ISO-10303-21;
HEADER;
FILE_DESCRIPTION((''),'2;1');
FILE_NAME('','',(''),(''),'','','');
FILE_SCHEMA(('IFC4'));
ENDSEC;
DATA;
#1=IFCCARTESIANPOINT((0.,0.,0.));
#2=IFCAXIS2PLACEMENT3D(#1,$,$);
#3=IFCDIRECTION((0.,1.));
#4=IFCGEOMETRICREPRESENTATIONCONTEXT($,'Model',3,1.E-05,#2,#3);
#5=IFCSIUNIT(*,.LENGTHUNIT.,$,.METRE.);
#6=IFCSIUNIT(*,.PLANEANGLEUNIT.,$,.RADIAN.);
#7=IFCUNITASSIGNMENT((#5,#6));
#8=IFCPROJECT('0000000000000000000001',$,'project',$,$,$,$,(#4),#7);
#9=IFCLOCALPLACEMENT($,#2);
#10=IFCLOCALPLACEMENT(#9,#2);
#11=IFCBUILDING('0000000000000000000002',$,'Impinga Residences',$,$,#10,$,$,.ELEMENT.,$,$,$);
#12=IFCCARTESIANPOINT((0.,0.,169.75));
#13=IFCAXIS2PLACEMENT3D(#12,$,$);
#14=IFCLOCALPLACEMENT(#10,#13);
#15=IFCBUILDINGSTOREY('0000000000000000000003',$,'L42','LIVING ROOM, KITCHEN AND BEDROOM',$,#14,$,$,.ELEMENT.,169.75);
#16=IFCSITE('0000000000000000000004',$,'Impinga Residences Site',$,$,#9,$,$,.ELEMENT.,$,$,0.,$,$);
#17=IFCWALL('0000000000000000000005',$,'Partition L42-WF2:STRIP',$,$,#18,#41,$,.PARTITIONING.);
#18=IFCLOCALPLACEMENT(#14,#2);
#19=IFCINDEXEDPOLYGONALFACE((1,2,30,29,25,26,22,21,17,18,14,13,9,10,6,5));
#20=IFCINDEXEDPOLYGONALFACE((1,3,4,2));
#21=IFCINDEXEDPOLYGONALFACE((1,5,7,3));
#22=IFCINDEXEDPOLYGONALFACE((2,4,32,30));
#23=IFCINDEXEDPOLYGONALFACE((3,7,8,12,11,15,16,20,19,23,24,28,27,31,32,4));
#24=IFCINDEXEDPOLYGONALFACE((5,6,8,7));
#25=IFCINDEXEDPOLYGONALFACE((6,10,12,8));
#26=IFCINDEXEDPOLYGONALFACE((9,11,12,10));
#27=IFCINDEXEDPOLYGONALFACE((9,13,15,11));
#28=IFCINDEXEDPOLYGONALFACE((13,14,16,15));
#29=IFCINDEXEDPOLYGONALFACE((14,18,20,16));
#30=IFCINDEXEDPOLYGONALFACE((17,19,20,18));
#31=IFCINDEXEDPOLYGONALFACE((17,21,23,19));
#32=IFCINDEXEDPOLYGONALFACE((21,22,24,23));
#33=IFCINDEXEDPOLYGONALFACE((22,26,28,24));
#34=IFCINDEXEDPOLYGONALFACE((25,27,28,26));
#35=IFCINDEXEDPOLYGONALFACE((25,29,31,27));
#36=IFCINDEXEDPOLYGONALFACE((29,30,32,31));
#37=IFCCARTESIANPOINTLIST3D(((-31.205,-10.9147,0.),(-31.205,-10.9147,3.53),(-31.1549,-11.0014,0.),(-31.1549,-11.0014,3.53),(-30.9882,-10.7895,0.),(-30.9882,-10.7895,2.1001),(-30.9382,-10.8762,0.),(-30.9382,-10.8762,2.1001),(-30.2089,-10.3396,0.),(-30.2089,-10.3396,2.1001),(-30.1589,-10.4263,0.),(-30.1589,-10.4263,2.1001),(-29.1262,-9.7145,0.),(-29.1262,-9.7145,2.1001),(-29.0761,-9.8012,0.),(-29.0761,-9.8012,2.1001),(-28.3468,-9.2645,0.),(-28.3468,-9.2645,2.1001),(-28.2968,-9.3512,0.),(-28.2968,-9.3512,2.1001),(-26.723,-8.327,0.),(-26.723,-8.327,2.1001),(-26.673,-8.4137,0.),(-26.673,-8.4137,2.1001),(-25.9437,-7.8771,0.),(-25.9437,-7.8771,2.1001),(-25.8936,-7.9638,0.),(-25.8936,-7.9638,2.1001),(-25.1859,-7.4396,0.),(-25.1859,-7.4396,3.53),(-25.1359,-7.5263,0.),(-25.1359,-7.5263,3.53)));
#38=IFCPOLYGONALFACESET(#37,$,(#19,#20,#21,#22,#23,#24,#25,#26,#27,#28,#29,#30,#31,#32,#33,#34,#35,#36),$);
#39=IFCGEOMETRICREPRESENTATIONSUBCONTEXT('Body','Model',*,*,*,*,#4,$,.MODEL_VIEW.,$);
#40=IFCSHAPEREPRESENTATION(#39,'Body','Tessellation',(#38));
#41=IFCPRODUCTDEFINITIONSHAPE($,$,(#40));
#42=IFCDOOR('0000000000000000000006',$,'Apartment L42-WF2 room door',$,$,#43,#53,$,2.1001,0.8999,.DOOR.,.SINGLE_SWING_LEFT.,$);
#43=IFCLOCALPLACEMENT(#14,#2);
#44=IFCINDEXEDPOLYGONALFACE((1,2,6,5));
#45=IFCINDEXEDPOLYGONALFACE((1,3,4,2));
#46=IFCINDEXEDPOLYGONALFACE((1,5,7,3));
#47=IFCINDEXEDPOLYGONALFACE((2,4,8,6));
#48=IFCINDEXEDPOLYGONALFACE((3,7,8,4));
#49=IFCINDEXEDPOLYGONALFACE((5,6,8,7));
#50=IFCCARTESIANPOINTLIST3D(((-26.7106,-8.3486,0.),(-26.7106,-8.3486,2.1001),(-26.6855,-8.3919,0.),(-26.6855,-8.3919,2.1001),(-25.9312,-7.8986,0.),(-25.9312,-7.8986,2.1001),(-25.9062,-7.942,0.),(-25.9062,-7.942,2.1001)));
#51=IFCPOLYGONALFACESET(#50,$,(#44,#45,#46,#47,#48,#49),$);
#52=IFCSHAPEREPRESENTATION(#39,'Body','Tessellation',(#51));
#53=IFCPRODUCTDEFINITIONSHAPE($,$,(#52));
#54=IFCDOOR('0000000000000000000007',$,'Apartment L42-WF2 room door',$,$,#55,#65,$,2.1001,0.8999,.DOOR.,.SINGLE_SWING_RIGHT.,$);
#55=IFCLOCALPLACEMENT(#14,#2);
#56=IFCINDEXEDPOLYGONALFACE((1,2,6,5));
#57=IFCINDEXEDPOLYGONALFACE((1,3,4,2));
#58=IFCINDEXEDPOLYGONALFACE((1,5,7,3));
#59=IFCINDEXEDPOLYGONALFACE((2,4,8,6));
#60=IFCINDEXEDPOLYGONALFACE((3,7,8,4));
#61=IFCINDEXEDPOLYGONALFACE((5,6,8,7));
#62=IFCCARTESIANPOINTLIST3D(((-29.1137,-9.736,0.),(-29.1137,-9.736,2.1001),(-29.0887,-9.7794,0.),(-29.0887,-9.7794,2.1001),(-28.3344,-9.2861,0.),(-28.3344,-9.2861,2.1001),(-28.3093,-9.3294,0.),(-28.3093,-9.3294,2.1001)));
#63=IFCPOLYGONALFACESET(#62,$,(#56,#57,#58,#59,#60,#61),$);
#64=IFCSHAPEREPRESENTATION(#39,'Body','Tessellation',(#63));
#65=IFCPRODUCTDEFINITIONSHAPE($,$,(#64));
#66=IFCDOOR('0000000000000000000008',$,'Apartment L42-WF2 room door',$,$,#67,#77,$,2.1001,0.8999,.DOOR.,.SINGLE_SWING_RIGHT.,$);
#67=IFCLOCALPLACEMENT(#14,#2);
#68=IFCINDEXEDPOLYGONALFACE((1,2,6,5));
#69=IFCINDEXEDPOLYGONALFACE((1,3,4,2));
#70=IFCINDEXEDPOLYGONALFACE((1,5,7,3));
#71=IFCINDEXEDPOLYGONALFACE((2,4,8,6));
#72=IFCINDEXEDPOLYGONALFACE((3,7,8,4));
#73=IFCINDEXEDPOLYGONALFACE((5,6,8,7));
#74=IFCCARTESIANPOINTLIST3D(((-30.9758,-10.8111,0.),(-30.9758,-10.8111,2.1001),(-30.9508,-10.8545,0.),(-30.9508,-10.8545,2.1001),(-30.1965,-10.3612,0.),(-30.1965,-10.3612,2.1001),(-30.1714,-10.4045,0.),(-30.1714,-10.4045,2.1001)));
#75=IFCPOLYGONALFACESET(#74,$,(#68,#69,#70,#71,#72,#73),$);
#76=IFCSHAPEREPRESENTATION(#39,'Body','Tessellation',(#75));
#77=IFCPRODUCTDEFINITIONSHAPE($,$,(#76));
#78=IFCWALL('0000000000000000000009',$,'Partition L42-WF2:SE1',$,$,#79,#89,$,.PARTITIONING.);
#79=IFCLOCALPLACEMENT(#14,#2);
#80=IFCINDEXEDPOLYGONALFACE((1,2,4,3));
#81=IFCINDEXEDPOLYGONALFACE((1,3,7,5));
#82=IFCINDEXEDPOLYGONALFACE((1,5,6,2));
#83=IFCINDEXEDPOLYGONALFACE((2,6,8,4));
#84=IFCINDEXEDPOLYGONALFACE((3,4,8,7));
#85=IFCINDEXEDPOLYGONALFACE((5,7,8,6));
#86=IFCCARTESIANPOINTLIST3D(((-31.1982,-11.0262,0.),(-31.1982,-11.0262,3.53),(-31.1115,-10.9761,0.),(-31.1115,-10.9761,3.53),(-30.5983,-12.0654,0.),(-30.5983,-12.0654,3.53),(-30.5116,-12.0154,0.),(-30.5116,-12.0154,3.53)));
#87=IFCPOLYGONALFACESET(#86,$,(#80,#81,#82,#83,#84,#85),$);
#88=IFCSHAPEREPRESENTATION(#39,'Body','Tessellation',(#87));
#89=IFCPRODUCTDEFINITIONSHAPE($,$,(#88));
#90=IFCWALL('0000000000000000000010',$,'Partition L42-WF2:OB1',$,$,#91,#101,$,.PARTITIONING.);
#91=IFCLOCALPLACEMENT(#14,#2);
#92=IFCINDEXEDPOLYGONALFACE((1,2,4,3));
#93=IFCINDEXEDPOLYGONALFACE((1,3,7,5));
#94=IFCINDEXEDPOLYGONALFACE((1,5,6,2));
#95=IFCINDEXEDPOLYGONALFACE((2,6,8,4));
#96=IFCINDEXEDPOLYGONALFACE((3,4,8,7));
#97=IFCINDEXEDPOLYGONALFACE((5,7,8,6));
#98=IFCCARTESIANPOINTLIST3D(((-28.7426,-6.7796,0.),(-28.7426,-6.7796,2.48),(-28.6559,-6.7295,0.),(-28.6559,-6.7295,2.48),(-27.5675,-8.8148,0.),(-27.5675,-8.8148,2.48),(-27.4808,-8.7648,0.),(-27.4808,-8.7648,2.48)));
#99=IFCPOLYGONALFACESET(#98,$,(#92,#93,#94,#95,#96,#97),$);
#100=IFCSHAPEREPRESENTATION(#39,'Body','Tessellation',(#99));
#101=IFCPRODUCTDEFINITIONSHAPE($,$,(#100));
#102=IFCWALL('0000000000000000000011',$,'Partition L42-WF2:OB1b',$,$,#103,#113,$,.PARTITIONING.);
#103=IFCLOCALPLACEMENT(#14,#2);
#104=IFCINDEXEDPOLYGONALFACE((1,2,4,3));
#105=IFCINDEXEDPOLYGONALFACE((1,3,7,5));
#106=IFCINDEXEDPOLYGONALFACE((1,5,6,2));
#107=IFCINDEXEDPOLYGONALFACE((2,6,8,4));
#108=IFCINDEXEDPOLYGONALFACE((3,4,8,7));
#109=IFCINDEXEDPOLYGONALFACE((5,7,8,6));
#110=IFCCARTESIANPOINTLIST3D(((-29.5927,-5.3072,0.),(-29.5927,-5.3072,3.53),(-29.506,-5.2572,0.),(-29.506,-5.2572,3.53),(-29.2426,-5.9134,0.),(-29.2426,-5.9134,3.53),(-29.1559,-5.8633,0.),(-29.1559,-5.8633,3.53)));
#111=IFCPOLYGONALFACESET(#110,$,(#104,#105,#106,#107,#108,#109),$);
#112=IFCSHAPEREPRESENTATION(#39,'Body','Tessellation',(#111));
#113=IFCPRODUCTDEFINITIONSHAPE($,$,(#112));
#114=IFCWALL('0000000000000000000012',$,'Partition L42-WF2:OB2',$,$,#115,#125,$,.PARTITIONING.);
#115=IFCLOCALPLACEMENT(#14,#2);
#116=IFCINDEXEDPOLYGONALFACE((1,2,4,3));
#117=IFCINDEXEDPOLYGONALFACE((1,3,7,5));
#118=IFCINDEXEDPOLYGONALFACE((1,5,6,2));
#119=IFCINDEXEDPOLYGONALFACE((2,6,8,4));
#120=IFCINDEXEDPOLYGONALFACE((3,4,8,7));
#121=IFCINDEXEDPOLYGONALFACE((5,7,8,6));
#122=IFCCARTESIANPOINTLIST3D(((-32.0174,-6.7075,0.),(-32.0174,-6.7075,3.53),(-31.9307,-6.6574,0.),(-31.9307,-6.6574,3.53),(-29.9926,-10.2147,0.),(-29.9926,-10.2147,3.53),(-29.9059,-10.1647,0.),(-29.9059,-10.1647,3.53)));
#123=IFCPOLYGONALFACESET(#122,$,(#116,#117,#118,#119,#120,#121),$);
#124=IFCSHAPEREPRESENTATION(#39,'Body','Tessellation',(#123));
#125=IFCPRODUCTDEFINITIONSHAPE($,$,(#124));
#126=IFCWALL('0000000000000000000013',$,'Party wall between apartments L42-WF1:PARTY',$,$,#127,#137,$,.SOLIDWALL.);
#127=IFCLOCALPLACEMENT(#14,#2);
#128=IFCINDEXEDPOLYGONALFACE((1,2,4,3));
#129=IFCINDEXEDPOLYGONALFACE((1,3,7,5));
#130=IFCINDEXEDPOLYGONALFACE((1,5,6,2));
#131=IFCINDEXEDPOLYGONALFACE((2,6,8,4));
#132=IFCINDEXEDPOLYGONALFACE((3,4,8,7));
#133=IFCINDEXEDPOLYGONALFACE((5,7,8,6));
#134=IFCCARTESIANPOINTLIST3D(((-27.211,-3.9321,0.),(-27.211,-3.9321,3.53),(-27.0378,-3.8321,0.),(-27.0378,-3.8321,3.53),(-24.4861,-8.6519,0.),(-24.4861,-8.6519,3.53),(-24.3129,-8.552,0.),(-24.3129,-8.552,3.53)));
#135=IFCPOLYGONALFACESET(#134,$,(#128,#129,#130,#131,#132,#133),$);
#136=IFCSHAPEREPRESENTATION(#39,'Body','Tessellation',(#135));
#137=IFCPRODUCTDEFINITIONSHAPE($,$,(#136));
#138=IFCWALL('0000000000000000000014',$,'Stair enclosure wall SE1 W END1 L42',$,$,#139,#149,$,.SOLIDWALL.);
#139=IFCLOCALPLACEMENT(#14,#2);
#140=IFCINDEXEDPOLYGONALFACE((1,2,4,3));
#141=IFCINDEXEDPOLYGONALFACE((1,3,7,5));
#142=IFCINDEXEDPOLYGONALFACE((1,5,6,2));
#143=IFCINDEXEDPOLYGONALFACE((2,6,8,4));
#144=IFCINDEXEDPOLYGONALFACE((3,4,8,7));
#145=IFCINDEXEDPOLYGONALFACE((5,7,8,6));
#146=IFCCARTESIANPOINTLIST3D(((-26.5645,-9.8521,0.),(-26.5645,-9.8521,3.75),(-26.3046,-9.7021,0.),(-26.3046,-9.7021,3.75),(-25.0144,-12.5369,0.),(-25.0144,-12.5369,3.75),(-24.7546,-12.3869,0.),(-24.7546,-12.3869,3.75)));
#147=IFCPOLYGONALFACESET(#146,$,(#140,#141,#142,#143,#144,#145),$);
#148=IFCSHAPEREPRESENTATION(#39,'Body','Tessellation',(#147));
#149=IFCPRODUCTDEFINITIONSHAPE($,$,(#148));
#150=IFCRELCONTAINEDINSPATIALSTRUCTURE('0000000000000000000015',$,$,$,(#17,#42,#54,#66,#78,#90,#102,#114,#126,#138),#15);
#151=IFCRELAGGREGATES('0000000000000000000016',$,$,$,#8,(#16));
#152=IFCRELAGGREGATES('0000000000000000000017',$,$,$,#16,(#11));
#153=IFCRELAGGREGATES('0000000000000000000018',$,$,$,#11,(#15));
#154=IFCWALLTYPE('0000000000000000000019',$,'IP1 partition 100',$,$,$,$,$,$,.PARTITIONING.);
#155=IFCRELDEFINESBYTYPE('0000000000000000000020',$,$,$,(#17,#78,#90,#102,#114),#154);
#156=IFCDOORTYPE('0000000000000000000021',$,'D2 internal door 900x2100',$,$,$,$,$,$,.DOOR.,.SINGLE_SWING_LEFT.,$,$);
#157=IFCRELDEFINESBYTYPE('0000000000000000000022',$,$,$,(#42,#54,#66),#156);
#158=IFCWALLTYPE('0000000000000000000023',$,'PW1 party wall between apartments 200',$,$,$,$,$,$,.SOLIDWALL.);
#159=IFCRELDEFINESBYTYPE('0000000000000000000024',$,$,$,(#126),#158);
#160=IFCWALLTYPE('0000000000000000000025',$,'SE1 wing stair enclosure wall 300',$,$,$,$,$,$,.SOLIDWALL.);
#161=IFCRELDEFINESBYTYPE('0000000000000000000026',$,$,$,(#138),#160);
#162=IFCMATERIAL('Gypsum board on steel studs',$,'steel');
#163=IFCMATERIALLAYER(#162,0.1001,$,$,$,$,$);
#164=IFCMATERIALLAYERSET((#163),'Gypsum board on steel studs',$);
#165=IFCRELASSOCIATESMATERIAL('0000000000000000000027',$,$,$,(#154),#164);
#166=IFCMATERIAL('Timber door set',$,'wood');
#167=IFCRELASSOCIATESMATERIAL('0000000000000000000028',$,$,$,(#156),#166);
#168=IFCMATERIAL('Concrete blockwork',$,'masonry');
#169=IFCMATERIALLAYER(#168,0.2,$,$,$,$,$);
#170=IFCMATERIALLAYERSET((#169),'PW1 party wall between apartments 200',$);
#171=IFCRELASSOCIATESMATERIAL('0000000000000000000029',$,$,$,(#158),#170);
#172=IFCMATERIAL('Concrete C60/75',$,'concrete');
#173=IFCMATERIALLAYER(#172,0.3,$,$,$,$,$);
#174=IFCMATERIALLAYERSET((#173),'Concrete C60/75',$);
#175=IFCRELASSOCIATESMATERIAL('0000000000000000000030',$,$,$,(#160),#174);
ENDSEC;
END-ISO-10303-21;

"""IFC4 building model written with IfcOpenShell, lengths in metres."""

from ifc_helpers import new_model, si_unit, direction, frame, frame_2d, origin, place, context, subcontext, project, spatial, rectangle, extrude, material, layer, layer_set, type_object, element, fill, save


model = new_model("IFC4")

# Units and contexts
model_context = context("Model", 3, precision=1e-05, world=origin(), true_north=direction((0.0, 1.0)))
body_context = subcontext(model_context, "Body", "Model", "MODEL_VIEW")
ifc_project = project(units=[si_unit("LENGTHUNIT", "METRE"), si_unit("PLANEANGLEUNIT", "RADIAN")], contexts=[model_context])

# Site, building, storey
site_placement = place(None, origin())
site = spatial("IfcSite", under=ifc_project, at=site_placement, Name="Impinga Residences Site", CompositionType="ELEMENT", RefElevation=0.0)
building_placement = place(site_placement, origin())
building = spatial("IfcBuilding", under=site, at=building_placement, Name="Impinga Residences", CompositionType="ELEMENT")
storey_placement = place(building_placement, frame((0.0, 0.0, 169.75)))
storey = spatial("IfcBuildingStorey", under=building, at=storey_placement, Name="L42", Description="LIVING ROOM, KITCHEN AND BEDROOM", CompositionType="ELEMENT", Elevation=169.75)

# Shared definitions
ifc_material_1 = material(Name="Concrete C60/75", Category="concrete")

# Shared definitions
ifc_material_2 = material(Name="Gypsum board on steel studs", Category="steel")
ifc_layer_1 = layer(ifc_material_2, 0.1001)
ifc_layer_set_1 = layer_set([ifc_layer_1], Name="Gypsum board on steel studs")
wall_type_1 = type_object("IfcWallType", Name="IP1 partition 100", PredefinedType="PARTITIONING", material=ifc_layer_set_1)

# Wall, openings, doors
wall_1_placement = place(storey_placement, frame((-25.1609, -7.4829, 0.0), z_axis=(0.0, 0.0, 1.0), x_axis=(-0.866025, -0.5, 0.0)))
wall_1 = element("IfcWall", 1, at=wall_1_placement, inside=storey, type_object=wall_type_1, Name="Partition L42-WF2:STRIP", PredefinedType="PARTITIONING", context=body_context, shape_type="SweptSolid", body=[
    extrude(rectangle(XDim=6.9502, YDim=0.1001, at=frame_2d((3.4751, 0.0))), origin(), (0.0, 0.0, 1.0), 3.53),
])
opening_1_placement = place(wall_1_placement, frame((0.875, 0.0, 0.0)))
opening_1 = element("IfcOpeningElement", 2, at=opening_1_placement, cuts=wall_1, PredefinedType="OPENING", context=body_context, shape_type="SweptSolid", body=[
    extrude(rectangle(XDim=0.8999, YDim=2.1001, at=frame_2d((0.45, 1.05))), frame((0.0, 0.0601, 0.0), z_axis=(0.0, -1.0, 0.0), x_axis=(1.0, 0.0, 0.0)), (0.0, 0.0, 1.0), 0.1201),
])
opening_2_placement = place(wall_1_placement, frame((3.6499, 0.0, 0.0)))
opening_2 = element("IfcOpeningElement", 3, at=opening_2_placement, cuts=wall_1, PredefinedType="OPENING", context=body_context, shape_type="SweptSolid", body=[
    extrude(rectangle(XDim=0.8999, YDim=2.1001, at=frame_2d((0.45, 1.05))), frame((0.0, 0.0601, 0.0), z_axis=(0.0, -1.0, 0.0), x_axis=(1.0, 0.0, 0.0)), (0.0, 0.0, 1.0), 0.1201),
])
opening_3_placement = place(wall_1_placement, frame((5.8, 0.0, 0.0)))
opening_3 = element("IfcOpeningElement", 4, at=opening_3_placement, cuts=wall_1, PredefinedType="OPENING", context=body_context, shape_type="SweptSolid", body=[
    extrude(rectangle(XDim=0.8999, YDim=2.1001, at=frame_2d((0.45, 1.05))), frame((0.0, 0.0601, 0.0), z_axis=(0.0, -1.0, 0.0), x_axis=(1.0, 0.0, 0.0)), (0.0, 0.0, 1.0), 0.1201),
])
ifc_material_3 = material(Name="Timber door set", Category="wood")
door_type = type_object("IfcDoorType", Name="D2 internal door 900x2100", OperationType="SINGLE_SWING_LEFT", PredefinedType="DOOR", material=ifc_material_3)
door_1_placement = place(opening_1_placement, origin())
door_1 = element("IfcDoor", 5, at=door_1_placement, inside=storey, type_object=door_type, Name="Apartment L42-WF2 room door", OperationType="SINGLE_SWING_LEFT", OverallHeight=2.1001, OverallWidth=0.8999, PredefinedType="DOOR", context=body_context, shape_type="SweptSolid", body=[
    extrude(rectangle(XDim=0.8999, YDim=2.1001, at=frame_2d((0.45, 1.05))), frame((0.0, 0.0249, 0.0), z_axis=(0.0, -1.0, 0.0), x_axis=(1.0, 0.0, 0.0)), (0.0, 0.0, 1.0), 0.05),
])
fill(opening_1, door_1)
door_2_placement = place(opening_2_placement, origin())
door_2 = element("IfcDoor", 6, at=door_2_placement, inside=storey, type_object=door_type, Name="Apartment L42-WF2 room door", OperationType="SINGLE_SWING_RIGHT", OverallHeight=2.1001, OverallWidth=0.8999, PredefinedType="DOOR", context=body_context, shape_type="SweptSolid", body=[
    extrude(rectangle(XDim=0.8999, YDim=2.1001, at=frame_2d((0.45, 1.05))), frame((0.0, 0.0249, 0.0), z_axis=(0.0, -1.0, 0.0), x_axis=(1.0, 0.0, 0.0)), (0.0, 0.0, 1.0), 0.05),
])
fill(opening_2, door_2)
door_3_placement = place(opening_3_placement, origin())
door_3 = element("IfcDoor", 7, at=door_3_placement, inside=storey, type_object=door_type, Name="Apartment L42-WF2 room door", OperationType="SINGLE_SWING_RIGHT", OverallHeight=2.1001, OverallWidth=0.8999, PredefinedType="DOOR", context=body_context, shape_type="SweptSolid", body=[
    extrude(rectangle(XDim=0.8999, YDim=2.1001, at=frame_2d((0.45, 1.05))), frame((0.0, 0.0249, 0.0), z_axis=(0.0, -1.0, 0.0), x_axis=(1.0, 0.0, 0.0)), (0.0, 0.0, 1.0), 0.05),
])
fill(opening_3, door_3)

# Walls
wall_2_placement = place(storey_placement, frame((-30.5549, -12.0405, 0.0), z_axis=(0.0, 0.0, 1.0), x_axis=(-0.499881, 0.866094, 0.0)))
element("IfcWall", 8, at=wall_2_placement, inside=storey, type_object=wall_type_1, Name="Partition L42-WF2:SE1", PredefinedType="PARTITIONING", context=body_context, shape_type="SweptSolid", body=[
    extrude(rectangle(XDim=1.2, YDim=0.1001, at=frame_2d((0.6001, 0.0))), origin(), (0.0, 0.0, 1.0), 3.53),
])
wall_3_placement = place(storey_placement, frame((-27.5242, -8.7898, 0.0), z_axis=(0.0, 0.0, 1.0), x_axis=(-0.500016, 0.866016, 0.0)))
element("IfcWall", 9, at=wall_3_placement, inside=storey, type_object=wall_type_1, Name="Partition L42-WF2:OB1", PredefinedType="PARTITIONING", context=body_context, shape_type="SweptSolid", body=[
    extrude(rectangle(XDim=2.3501, YDim=0.1001, at=frame_2d((1.175, 0.0))), origin(), (0.0, 0.0, 1.0), 2.48),
])
wall_4_placement = place(storey_placement, frame((-29.1992, -5.8884, 0.0), z_axis=(0.0, 0.0, 1.0), x_axis=(-0.500115, 0.865959, 0.0)))
element("IfcWall", 10, at=wall_4_placement, inside=storey, type_object=wall_type_1, Name="Partition L42-WF2:OB1b", PredefinedType="PARTITIONING", context=body_context, shape_type="SweptSolid", body=[
    extrude(rectangle(XDim=0.7, YDim=0.1001, at=frame_2d((0.3501, 0.0))), origin(), (0.0, 0.0, 1.0), 3.53),
])
wall_5_placement = place(storey_placement, frame((-29.9492, -10.1897, 0.0), z_axis=(0.0, 0.0, 1.0), x_axis=(-0.49999, 0.866031, 0.0)))
element("IfcWall", 11, at=wall_5_placement, inside=storey, type_object=wall_type_1, Name="Partition L42-WF2:OB2", PredefinedType="PARTITIONING", context=body_context, shape_type="SweptSolid", body=[
    extrude(rectangle(XDim=4.0498, YDim=0.1001, at=frame_2d((2.0249, 0.0))), origin(), (0.0, 0.0, 1.0), 3.53),
])
ifc_material_4 = material(Name="Concrete blockwork", Category="masonry")
ifc_layer_2 = layer(ifc_material_4, 0.2)
ifc_layer_set_2 = layer_set([ifc_layer_2], Name="PW1 party wall between apartments 200")
wall_type_2 = type_object("IfcWallType", Name="PW1 party wall between apartments 200", PredefinedType="SOLIDWALL", material=ifc_layer_set_2)
wall_6_placement = place(storey_placement, frame((-24.3994, -8.6021, 0.0), z_axis=(0.0, 0.0, 1.0), x_axis=(-0.499989, 0.866032, 0.0)))
element("IfcWall", 12, at=wall_6_placement, inside=storey, type_object=wall_type_2, Name="Party wall between apartments L42-WF1:PARTY", PredefinedType="SOLIDWALL", context=body_context, shape_type="SweptSolid", body=[
    extrude(rectangle(XDim=5.45, YDim=0.2, at=frame_2d((2.7251, 0.0))), origin(), (0.0, 0.0, 1.0), 3.53),
])
ifc_layer_3 = layer(ifc_material_1, 0.3)
ifc_layer_set_3 = layer_set([ifc_layer_3], Name="Concrete C60/75")
wall_type_3 = type_object("IfcWallType", Name="SE1 wing stair enclosure wall 300", PredefinedType="SOLIDWALL", material=ifc_layer_set_3)
wall_7_placement = place(storey_placement, frame((-24.8845, -12.4619, 0.0), z_axis=(0.0, 0.0, 1.0), x_axis=(-0.499993, 0.86603, 0.0)))
element("IfcWall", 13, at=wall_7_placement, inside=storey, type_object=wall_type_3, Name="Stair enclosure wall SE1 W END1 L42", PredefinedType="SOLIDWALL", context=body_context, shape_type="SweptSolid", body=[
    extrude(rectangle(XDim=3.1001, YDim=0.3, at=frame_2d((1.55, 0.0))), origin(), (0.0, 0.0, 1.0), 3.75),
])

save(model, "model.ifc")
